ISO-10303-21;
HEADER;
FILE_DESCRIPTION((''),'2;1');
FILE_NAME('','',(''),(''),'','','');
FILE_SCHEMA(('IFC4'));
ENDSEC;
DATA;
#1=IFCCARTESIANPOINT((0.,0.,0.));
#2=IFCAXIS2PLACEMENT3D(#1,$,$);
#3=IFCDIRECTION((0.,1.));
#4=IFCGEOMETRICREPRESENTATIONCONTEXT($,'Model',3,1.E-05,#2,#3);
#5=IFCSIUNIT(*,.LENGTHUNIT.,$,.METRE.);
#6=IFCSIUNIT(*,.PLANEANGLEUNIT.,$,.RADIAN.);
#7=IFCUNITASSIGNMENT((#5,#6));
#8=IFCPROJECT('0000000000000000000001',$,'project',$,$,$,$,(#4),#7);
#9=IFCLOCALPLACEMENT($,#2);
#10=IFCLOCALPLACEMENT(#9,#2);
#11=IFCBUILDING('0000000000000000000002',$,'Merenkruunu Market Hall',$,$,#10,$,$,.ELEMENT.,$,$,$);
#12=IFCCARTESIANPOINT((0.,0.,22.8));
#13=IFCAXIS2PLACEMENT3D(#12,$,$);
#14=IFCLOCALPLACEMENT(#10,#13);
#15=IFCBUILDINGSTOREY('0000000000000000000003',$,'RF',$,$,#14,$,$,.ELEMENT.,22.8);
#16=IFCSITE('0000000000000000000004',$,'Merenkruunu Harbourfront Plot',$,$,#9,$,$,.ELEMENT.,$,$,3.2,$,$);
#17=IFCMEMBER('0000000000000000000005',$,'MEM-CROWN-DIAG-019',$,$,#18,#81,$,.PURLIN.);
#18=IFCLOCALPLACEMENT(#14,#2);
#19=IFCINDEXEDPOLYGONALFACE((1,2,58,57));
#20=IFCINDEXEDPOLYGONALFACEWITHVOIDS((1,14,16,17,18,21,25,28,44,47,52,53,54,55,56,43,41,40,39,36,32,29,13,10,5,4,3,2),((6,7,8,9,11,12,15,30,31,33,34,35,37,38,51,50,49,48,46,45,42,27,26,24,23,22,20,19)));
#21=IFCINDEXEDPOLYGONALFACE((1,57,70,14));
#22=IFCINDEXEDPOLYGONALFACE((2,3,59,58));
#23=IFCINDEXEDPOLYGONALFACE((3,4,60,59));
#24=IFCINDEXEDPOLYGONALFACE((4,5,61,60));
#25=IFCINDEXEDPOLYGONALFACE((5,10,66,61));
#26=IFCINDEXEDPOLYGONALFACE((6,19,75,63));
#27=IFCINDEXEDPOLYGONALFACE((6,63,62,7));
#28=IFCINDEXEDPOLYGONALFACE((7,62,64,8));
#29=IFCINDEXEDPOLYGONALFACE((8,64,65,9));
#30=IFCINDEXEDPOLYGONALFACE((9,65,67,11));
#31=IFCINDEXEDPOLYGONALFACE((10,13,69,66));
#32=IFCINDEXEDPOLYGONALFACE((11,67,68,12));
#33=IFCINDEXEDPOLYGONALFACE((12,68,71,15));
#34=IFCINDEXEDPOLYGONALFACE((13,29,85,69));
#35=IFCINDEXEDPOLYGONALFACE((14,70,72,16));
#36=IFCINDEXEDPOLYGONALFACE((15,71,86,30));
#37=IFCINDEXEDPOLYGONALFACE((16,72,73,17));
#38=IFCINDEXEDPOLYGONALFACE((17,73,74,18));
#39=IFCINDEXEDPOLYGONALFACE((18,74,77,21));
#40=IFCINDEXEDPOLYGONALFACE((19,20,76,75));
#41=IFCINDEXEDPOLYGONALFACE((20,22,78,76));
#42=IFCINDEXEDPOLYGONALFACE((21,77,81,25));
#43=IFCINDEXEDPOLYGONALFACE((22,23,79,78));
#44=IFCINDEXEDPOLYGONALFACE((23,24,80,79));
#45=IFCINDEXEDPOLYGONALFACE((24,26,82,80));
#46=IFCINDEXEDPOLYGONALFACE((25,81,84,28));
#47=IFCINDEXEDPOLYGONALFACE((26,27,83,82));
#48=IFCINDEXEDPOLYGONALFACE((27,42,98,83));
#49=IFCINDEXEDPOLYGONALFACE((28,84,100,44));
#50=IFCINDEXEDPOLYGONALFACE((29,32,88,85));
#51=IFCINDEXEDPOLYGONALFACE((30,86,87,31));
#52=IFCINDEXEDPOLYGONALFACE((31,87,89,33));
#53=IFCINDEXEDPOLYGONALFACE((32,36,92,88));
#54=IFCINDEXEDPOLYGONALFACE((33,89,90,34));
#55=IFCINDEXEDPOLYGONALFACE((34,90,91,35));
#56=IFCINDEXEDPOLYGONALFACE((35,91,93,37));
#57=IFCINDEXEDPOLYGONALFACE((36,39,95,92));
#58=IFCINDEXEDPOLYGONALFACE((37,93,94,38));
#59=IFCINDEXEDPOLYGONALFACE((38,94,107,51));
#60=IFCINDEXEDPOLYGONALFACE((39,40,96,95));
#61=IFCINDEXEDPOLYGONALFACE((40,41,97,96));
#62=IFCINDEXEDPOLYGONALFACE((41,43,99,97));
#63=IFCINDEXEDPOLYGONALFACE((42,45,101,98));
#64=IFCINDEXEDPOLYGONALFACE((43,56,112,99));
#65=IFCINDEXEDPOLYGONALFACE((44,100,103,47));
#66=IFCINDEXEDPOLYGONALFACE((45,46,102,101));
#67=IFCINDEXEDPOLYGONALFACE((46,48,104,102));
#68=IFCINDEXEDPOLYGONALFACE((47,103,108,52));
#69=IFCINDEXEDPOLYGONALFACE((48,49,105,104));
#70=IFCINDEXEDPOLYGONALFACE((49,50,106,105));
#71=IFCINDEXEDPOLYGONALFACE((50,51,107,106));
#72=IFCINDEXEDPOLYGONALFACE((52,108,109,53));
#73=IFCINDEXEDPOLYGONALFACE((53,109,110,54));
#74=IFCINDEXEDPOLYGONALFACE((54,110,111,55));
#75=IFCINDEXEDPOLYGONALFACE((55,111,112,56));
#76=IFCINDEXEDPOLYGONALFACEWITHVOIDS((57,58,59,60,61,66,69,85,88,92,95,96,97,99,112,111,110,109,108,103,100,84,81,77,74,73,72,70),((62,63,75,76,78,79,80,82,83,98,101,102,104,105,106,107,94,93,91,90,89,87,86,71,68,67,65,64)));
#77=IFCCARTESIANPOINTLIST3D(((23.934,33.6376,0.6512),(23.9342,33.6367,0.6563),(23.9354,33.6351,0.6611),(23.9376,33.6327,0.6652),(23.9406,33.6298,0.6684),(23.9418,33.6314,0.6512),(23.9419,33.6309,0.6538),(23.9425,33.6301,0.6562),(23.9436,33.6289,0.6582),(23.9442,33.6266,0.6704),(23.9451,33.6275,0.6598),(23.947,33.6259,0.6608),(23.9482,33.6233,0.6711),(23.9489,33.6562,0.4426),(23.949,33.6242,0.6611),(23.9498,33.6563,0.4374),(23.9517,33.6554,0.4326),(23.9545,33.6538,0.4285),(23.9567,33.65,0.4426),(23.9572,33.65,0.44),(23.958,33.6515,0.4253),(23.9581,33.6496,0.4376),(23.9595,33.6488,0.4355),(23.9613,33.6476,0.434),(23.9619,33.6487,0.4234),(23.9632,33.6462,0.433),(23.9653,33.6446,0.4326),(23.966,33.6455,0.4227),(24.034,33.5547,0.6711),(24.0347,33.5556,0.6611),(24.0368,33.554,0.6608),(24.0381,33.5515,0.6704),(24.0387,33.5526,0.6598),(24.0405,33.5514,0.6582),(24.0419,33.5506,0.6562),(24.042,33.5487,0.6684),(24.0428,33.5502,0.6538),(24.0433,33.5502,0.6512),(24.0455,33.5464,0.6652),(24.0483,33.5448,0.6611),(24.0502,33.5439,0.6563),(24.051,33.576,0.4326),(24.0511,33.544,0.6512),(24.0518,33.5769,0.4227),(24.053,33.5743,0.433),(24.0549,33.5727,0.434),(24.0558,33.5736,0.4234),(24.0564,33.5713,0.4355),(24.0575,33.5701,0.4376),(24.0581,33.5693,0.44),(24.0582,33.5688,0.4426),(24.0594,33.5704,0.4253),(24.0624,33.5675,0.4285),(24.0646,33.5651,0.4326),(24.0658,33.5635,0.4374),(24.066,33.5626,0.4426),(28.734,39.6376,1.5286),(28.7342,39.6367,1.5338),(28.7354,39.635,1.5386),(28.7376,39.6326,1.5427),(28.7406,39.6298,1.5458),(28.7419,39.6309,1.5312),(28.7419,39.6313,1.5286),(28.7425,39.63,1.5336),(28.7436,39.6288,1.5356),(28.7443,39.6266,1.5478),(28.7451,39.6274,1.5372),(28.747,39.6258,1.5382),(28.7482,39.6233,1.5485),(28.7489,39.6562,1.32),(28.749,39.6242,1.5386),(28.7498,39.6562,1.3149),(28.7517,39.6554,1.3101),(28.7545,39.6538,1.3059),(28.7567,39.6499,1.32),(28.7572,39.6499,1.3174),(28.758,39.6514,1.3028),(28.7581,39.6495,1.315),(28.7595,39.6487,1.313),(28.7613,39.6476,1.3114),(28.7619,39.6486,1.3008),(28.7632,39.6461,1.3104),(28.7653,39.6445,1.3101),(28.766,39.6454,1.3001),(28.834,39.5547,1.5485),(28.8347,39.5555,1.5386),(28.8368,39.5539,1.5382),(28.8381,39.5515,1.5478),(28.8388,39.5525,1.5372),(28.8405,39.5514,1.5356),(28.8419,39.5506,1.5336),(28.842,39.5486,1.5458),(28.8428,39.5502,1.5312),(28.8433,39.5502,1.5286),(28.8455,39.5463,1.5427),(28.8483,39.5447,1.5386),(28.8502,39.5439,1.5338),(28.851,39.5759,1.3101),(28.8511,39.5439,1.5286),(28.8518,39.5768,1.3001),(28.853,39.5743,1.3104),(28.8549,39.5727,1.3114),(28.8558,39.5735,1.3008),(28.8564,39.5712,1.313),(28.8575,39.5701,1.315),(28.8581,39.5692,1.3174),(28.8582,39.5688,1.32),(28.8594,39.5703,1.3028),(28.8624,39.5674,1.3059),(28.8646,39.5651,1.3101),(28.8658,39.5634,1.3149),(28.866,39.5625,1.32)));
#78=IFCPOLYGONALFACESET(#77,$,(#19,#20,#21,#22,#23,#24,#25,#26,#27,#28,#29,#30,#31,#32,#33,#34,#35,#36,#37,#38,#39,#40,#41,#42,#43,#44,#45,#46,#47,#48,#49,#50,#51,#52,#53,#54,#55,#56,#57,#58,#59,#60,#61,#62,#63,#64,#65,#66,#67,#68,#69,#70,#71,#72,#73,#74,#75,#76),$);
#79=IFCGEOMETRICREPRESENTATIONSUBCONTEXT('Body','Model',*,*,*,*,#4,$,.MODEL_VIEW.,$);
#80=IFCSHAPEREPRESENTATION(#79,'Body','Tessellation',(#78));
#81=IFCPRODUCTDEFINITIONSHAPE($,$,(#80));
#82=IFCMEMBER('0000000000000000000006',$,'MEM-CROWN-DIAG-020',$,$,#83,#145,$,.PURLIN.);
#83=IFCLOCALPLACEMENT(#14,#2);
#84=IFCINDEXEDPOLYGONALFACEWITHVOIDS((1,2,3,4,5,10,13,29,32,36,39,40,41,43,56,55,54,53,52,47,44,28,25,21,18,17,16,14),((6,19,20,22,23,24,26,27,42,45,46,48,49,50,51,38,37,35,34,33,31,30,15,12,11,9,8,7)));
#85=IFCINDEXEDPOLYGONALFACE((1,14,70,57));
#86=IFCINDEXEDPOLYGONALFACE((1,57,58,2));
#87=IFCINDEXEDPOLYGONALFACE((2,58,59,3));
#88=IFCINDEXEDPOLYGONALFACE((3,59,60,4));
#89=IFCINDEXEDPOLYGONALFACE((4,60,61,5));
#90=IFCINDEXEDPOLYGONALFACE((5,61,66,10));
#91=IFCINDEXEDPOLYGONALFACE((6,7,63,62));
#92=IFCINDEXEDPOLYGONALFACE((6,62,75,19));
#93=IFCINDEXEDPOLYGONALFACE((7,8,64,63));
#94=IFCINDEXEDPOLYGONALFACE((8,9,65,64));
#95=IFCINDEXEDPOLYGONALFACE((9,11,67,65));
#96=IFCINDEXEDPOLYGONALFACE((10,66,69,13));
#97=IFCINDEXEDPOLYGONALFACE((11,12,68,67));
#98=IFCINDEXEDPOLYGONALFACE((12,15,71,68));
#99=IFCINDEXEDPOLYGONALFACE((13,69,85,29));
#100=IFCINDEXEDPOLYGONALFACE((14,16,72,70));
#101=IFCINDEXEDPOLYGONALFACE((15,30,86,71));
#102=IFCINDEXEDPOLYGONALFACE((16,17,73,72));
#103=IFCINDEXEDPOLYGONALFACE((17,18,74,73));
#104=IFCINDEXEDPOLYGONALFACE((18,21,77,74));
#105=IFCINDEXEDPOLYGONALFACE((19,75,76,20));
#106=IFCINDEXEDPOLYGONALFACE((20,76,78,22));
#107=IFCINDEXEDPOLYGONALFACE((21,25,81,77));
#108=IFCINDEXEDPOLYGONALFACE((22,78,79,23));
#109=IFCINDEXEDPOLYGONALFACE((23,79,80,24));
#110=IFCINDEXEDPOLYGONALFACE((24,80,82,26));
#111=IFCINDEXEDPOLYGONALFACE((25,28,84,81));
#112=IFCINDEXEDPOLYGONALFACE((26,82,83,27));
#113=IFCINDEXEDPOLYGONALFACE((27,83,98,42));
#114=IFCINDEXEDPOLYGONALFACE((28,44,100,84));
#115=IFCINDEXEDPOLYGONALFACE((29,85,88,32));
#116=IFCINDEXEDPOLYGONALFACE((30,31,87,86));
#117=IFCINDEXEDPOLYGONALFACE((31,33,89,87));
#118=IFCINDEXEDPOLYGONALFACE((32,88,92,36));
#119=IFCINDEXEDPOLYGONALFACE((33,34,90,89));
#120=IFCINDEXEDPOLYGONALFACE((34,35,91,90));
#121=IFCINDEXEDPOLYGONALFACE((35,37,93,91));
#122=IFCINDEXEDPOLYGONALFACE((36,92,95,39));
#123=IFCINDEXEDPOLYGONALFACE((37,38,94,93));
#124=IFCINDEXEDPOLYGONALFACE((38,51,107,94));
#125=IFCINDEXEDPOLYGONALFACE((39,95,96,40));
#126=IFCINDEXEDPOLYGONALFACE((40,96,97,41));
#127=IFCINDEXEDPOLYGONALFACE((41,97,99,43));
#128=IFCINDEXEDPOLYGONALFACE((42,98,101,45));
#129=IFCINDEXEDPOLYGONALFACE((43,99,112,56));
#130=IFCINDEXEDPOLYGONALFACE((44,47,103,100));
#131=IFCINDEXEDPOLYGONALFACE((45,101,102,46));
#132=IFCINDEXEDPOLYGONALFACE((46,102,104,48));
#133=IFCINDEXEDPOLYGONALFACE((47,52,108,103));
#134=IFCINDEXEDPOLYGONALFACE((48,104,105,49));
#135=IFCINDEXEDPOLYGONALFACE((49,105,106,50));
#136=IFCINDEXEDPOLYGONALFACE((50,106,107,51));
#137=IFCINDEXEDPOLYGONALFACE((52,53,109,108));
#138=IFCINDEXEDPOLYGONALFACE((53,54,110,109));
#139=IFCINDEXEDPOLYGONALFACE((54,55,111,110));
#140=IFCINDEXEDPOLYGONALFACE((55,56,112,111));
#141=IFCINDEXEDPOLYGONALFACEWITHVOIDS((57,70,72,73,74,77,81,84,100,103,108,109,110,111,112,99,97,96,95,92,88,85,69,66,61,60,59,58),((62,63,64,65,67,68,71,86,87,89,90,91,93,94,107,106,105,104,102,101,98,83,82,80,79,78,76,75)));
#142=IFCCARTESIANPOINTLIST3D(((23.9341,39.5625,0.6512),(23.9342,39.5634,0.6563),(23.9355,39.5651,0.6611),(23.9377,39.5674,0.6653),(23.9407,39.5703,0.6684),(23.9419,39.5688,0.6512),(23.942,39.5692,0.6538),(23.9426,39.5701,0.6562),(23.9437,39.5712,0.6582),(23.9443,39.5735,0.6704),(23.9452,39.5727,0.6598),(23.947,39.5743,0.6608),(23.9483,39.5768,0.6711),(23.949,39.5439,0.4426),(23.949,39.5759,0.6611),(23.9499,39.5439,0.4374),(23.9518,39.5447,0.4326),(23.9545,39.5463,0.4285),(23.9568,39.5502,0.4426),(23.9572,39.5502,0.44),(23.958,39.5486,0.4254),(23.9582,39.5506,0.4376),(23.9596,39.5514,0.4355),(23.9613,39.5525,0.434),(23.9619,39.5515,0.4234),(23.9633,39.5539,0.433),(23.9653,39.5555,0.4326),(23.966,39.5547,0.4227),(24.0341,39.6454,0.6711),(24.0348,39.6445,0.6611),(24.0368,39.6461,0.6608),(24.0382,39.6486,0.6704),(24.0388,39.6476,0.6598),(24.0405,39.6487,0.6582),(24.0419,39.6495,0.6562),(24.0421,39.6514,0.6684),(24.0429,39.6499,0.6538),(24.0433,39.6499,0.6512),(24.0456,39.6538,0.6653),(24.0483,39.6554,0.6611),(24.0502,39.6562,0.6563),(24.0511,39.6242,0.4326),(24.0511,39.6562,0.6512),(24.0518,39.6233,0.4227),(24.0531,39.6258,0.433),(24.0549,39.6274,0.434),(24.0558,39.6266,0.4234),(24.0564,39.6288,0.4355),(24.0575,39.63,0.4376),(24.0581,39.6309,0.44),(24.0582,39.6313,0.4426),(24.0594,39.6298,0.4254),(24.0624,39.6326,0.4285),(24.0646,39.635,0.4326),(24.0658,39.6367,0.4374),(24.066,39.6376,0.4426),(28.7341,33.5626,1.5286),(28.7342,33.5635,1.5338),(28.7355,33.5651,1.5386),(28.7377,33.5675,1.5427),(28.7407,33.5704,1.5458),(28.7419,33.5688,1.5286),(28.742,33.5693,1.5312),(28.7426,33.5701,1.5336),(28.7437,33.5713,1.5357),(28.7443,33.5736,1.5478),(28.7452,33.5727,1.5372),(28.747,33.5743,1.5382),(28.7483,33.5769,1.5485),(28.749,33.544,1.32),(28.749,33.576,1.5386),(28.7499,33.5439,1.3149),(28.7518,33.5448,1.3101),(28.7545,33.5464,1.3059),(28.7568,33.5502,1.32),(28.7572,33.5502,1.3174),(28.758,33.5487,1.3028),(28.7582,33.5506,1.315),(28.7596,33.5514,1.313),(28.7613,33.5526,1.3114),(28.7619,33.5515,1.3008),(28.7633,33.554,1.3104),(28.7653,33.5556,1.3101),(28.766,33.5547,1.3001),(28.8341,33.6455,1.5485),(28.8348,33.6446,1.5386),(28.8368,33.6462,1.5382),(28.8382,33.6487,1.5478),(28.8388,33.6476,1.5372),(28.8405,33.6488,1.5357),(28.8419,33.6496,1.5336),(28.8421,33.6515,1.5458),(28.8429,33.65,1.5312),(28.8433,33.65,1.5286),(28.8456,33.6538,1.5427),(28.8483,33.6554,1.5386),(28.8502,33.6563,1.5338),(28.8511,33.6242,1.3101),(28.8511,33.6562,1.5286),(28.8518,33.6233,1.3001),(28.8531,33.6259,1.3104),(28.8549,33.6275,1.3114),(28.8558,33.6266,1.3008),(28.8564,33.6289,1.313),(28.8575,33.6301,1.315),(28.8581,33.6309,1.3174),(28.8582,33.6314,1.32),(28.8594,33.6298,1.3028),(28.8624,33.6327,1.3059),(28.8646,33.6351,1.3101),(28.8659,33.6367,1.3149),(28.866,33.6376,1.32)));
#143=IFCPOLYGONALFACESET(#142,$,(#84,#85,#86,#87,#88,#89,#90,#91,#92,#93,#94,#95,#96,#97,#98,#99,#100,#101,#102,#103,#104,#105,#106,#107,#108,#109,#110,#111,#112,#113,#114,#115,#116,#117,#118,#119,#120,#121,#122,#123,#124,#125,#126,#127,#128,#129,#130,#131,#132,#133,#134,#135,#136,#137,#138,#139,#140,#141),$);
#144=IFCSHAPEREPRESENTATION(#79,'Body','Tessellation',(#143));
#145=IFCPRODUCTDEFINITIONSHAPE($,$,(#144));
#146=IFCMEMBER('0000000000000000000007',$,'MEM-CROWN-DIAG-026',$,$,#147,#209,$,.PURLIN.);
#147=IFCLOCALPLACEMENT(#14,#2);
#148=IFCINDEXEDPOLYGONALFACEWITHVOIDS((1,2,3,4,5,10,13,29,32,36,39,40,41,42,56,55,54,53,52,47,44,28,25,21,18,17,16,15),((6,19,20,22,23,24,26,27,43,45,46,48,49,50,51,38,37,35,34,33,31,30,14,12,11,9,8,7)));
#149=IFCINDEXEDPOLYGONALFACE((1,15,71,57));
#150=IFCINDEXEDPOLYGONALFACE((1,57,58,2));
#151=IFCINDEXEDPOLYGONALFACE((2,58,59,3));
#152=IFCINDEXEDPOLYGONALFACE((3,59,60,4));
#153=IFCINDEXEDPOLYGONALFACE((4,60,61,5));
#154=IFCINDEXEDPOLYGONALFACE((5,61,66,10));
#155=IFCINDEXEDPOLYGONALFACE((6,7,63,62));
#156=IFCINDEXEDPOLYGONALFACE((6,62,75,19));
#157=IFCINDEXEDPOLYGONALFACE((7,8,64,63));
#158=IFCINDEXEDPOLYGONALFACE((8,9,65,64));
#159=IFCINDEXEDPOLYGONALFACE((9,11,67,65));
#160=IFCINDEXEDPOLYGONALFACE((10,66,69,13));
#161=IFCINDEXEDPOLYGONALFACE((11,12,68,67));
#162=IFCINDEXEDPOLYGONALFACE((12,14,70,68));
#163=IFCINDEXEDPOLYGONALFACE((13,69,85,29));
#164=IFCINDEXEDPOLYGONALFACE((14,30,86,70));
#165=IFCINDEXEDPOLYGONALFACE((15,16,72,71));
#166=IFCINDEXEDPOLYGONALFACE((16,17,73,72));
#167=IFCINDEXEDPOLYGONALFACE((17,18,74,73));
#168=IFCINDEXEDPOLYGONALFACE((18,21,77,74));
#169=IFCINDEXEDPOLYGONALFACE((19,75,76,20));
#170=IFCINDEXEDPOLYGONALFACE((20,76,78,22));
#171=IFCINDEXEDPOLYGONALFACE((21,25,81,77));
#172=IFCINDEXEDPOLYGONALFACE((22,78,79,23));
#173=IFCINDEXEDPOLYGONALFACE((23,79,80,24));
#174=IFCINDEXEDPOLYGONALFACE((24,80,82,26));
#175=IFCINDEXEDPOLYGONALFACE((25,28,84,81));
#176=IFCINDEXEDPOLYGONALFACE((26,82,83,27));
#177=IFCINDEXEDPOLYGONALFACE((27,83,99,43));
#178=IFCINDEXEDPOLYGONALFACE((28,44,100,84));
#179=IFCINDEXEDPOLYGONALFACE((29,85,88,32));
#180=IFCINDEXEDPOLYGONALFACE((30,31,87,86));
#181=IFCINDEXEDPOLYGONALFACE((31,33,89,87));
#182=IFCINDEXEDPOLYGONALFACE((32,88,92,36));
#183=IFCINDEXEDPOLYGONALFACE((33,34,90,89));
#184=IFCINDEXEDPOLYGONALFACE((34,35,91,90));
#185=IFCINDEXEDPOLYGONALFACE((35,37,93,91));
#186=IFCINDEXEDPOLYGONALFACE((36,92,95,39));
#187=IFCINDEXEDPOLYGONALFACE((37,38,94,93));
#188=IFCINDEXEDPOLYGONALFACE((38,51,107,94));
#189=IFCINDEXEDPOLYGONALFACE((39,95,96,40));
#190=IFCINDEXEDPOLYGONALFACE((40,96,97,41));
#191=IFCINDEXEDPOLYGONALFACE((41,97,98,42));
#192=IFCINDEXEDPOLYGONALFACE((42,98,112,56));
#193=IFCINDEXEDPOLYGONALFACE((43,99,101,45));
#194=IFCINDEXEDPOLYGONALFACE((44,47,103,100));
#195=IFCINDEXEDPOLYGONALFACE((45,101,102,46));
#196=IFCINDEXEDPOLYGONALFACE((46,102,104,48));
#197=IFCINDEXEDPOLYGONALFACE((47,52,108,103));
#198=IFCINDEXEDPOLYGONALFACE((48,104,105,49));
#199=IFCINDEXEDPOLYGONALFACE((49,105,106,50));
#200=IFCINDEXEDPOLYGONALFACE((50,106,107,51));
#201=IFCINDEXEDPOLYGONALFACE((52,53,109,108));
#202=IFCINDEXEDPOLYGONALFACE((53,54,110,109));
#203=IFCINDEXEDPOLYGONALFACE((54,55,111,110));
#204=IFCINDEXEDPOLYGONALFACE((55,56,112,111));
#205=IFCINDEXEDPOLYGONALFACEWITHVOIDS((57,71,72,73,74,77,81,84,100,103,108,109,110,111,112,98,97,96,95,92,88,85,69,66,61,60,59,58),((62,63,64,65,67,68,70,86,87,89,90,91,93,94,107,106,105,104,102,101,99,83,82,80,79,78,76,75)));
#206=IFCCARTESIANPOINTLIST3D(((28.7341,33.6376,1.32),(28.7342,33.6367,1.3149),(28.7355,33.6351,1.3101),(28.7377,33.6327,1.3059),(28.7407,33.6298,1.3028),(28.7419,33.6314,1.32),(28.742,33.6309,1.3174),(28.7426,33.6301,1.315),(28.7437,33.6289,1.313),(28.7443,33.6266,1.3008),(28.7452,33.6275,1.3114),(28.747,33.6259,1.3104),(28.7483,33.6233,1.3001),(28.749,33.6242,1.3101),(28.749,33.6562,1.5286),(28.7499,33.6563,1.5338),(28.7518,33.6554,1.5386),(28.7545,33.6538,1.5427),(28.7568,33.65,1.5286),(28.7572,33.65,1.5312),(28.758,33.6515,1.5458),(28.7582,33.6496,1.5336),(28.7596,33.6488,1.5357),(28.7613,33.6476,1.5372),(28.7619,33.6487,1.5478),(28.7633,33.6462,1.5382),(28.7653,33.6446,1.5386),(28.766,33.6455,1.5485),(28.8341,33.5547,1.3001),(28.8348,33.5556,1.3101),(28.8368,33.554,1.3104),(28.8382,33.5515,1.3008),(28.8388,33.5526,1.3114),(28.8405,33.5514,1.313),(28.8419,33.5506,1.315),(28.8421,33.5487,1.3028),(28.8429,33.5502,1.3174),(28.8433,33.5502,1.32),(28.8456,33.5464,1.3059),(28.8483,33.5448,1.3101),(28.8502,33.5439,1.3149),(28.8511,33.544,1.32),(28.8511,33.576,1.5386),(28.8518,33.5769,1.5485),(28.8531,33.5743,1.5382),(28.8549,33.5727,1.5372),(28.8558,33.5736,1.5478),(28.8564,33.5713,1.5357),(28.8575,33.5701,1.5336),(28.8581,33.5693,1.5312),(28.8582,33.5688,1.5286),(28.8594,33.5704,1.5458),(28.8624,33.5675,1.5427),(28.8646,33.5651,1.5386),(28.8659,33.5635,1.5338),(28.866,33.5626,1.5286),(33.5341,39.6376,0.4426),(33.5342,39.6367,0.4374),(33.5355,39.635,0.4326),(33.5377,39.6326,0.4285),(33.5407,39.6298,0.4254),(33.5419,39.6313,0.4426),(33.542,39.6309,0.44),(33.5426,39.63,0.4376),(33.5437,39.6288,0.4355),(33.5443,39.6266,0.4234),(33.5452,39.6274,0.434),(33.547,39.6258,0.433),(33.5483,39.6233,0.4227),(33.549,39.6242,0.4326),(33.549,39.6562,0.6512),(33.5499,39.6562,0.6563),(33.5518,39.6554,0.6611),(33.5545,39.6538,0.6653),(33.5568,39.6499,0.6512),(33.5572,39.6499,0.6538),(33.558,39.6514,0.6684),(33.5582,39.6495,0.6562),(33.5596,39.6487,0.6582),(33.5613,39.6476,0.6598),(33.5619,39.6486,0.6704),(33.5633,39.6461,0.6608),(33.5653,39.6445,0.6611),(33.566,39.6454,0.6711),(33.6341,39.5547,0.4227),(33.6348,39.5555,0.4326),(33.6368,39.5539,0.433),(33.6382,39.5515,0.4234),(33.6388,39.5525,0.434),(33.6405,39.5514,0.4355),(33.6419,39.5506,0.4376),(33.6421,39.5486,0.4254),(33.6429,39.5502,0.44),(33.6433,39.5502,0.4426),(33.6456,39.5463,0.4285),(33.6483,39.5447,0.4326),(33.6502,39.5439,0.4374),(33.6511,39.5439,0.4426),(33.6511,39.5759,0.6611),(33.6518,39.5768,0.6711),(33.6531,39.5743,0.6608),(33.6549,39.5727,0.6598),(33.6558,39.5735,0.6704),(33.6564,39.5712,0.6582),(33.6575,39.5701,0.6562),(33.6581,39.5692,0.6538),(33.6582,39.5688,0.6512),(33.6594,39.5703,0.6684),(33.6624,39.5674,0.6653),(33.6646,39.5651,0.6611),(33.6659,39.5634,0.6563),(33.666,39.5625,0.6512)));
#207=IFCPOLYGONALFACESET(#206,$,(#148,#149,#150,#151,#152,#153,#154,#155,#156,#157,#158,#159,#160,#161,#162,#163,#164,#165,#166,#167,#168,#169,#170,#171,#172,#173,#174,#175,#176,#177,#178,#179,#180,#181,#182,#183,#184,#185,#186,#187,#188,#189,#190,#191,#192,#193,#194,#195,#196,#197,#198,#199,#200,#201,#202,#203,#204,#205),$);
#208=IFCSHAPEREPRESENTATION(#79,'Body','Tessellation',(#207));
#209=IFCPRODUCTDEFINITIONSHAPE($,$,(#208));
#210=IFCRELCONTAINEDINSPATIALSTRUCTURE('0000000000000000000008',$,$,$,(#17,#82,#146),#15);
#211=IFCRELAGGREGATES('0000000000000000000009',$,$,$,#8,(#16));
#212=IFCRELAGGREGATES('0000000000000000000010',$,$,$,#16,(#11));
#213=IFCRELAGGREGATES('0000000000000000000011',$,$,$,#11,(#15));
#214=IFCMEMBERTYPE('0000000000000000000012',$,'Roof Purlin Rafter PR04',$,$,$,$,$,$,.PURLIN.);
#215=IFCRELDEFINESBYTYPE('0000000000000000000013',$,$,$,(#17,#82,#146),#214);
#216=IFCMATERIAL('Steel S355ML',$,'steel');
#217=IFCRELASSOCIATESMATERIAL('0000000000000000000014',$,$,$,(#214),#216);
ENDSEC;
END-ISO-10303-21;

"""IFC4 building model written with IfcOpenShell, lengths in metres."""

from ifc_helpers import new_model, si_unit, direction, frame, origin, origin_2d, place, context, subcontext, project, spatial, hollow_rectangle, extrude, material, material_profile, profile_set, type_object, element, save


model = new_model("IFC4")

# Units and contexts
model_context = context("Model", 3, precision=1e-05, world=origin(), true_north=direction((0.0, 1.0)))
body_context = subcontext(model_context, "Body", "Model", "MODEL_VIEW")
ifc_project = project(units=[si_unit("LENGTHUNIT", "METRE"), si_unit("PLANEANGLEUNIT", "RADIAN")], contexts=[model_context])

# Site, building, storey
site_placement = place(None, origin())
site = spatial("IfcSite", under=ifc_project, at=site_placement, Name="Merenkruunu Harbourfront Plot", CompositionType="ELEMENT", RefElevation=3.2)
building_placement = place(site_placement, origin())
building = spatial("IfcBuilding", under=site, at=building_placement, Name="Merenkruunu Market Hall", CompositionType="ELEMENT")
storey_placement = place(building_placement, frame((0.0, 0.0, 22.8)))
storey = spatial("IfcBuildingStorey", under=building, at=storey_placement, Name="RF", CompositionType="ELEMENT", Elevation=22.8)

# Members
ifc_material_1 = material(Name="Steel S355ML", Category="steel")
ifc_material_profile_1 = material_profile(ifc_material_1, hollow_rectangle(XDim=0.1499, YDim=0.25, WallThickness=0.01, InnerFilletRadius=0.01, OuterFilletRadius=0.02, at=origin_2d()), Name="RHS 250x150x10")
ifc_profile_set_1 = profile_set([ifc_material_profile_1], Name="Steel S355ML")
member_type_1 = type_object("IfcMemberType", Name="Roof Purlin Rafter PR04", PredefinedType="PURLIN", material=ifc_profile_set_1)
for number, where, z_axis, x_axis, name in (
    (1, (24.0, 33.6001, 0.5469), (0.620665, 0.775824, 0.113457), (-0.780866, 0.624699, 0.0), "MEM-CROWN-DIAG-019"),
    (2, (28.8, 33.6001, 1.4243), (-0.620665, 0.775824, -0.113457), (-0.780866, -0.624699, 0.0), "MEM-CROWN-DIAG-020"),
    (3, (28.8, 33.6001, 1.4243), (0.620665, 0.775824, -0.113457), (-0.780866, 0.624699, 0.0), "MEM-CROWN-DIAG-026"),
):
    element("IfcMember", number, at=place(storey_placement, frame(where, z_axis=z_axis, x_axis=x_axis)), inside=storey, type_object=member_type_1, Name=name, PredefinedType="PURLIN", context=body_context, shape_type="SweptSolid", body=[
        extrude(hollow_rectangle(XDim=0.1499, YDim=0.25, WallThickness=0.01, InnerFilletRadius=0.01, OuterFilletRadius=0.02, at=origin_2d()), origin(), (0.0, 0.0, 1.0), 7.7336),
    ])

save(model, "model.ifc")
